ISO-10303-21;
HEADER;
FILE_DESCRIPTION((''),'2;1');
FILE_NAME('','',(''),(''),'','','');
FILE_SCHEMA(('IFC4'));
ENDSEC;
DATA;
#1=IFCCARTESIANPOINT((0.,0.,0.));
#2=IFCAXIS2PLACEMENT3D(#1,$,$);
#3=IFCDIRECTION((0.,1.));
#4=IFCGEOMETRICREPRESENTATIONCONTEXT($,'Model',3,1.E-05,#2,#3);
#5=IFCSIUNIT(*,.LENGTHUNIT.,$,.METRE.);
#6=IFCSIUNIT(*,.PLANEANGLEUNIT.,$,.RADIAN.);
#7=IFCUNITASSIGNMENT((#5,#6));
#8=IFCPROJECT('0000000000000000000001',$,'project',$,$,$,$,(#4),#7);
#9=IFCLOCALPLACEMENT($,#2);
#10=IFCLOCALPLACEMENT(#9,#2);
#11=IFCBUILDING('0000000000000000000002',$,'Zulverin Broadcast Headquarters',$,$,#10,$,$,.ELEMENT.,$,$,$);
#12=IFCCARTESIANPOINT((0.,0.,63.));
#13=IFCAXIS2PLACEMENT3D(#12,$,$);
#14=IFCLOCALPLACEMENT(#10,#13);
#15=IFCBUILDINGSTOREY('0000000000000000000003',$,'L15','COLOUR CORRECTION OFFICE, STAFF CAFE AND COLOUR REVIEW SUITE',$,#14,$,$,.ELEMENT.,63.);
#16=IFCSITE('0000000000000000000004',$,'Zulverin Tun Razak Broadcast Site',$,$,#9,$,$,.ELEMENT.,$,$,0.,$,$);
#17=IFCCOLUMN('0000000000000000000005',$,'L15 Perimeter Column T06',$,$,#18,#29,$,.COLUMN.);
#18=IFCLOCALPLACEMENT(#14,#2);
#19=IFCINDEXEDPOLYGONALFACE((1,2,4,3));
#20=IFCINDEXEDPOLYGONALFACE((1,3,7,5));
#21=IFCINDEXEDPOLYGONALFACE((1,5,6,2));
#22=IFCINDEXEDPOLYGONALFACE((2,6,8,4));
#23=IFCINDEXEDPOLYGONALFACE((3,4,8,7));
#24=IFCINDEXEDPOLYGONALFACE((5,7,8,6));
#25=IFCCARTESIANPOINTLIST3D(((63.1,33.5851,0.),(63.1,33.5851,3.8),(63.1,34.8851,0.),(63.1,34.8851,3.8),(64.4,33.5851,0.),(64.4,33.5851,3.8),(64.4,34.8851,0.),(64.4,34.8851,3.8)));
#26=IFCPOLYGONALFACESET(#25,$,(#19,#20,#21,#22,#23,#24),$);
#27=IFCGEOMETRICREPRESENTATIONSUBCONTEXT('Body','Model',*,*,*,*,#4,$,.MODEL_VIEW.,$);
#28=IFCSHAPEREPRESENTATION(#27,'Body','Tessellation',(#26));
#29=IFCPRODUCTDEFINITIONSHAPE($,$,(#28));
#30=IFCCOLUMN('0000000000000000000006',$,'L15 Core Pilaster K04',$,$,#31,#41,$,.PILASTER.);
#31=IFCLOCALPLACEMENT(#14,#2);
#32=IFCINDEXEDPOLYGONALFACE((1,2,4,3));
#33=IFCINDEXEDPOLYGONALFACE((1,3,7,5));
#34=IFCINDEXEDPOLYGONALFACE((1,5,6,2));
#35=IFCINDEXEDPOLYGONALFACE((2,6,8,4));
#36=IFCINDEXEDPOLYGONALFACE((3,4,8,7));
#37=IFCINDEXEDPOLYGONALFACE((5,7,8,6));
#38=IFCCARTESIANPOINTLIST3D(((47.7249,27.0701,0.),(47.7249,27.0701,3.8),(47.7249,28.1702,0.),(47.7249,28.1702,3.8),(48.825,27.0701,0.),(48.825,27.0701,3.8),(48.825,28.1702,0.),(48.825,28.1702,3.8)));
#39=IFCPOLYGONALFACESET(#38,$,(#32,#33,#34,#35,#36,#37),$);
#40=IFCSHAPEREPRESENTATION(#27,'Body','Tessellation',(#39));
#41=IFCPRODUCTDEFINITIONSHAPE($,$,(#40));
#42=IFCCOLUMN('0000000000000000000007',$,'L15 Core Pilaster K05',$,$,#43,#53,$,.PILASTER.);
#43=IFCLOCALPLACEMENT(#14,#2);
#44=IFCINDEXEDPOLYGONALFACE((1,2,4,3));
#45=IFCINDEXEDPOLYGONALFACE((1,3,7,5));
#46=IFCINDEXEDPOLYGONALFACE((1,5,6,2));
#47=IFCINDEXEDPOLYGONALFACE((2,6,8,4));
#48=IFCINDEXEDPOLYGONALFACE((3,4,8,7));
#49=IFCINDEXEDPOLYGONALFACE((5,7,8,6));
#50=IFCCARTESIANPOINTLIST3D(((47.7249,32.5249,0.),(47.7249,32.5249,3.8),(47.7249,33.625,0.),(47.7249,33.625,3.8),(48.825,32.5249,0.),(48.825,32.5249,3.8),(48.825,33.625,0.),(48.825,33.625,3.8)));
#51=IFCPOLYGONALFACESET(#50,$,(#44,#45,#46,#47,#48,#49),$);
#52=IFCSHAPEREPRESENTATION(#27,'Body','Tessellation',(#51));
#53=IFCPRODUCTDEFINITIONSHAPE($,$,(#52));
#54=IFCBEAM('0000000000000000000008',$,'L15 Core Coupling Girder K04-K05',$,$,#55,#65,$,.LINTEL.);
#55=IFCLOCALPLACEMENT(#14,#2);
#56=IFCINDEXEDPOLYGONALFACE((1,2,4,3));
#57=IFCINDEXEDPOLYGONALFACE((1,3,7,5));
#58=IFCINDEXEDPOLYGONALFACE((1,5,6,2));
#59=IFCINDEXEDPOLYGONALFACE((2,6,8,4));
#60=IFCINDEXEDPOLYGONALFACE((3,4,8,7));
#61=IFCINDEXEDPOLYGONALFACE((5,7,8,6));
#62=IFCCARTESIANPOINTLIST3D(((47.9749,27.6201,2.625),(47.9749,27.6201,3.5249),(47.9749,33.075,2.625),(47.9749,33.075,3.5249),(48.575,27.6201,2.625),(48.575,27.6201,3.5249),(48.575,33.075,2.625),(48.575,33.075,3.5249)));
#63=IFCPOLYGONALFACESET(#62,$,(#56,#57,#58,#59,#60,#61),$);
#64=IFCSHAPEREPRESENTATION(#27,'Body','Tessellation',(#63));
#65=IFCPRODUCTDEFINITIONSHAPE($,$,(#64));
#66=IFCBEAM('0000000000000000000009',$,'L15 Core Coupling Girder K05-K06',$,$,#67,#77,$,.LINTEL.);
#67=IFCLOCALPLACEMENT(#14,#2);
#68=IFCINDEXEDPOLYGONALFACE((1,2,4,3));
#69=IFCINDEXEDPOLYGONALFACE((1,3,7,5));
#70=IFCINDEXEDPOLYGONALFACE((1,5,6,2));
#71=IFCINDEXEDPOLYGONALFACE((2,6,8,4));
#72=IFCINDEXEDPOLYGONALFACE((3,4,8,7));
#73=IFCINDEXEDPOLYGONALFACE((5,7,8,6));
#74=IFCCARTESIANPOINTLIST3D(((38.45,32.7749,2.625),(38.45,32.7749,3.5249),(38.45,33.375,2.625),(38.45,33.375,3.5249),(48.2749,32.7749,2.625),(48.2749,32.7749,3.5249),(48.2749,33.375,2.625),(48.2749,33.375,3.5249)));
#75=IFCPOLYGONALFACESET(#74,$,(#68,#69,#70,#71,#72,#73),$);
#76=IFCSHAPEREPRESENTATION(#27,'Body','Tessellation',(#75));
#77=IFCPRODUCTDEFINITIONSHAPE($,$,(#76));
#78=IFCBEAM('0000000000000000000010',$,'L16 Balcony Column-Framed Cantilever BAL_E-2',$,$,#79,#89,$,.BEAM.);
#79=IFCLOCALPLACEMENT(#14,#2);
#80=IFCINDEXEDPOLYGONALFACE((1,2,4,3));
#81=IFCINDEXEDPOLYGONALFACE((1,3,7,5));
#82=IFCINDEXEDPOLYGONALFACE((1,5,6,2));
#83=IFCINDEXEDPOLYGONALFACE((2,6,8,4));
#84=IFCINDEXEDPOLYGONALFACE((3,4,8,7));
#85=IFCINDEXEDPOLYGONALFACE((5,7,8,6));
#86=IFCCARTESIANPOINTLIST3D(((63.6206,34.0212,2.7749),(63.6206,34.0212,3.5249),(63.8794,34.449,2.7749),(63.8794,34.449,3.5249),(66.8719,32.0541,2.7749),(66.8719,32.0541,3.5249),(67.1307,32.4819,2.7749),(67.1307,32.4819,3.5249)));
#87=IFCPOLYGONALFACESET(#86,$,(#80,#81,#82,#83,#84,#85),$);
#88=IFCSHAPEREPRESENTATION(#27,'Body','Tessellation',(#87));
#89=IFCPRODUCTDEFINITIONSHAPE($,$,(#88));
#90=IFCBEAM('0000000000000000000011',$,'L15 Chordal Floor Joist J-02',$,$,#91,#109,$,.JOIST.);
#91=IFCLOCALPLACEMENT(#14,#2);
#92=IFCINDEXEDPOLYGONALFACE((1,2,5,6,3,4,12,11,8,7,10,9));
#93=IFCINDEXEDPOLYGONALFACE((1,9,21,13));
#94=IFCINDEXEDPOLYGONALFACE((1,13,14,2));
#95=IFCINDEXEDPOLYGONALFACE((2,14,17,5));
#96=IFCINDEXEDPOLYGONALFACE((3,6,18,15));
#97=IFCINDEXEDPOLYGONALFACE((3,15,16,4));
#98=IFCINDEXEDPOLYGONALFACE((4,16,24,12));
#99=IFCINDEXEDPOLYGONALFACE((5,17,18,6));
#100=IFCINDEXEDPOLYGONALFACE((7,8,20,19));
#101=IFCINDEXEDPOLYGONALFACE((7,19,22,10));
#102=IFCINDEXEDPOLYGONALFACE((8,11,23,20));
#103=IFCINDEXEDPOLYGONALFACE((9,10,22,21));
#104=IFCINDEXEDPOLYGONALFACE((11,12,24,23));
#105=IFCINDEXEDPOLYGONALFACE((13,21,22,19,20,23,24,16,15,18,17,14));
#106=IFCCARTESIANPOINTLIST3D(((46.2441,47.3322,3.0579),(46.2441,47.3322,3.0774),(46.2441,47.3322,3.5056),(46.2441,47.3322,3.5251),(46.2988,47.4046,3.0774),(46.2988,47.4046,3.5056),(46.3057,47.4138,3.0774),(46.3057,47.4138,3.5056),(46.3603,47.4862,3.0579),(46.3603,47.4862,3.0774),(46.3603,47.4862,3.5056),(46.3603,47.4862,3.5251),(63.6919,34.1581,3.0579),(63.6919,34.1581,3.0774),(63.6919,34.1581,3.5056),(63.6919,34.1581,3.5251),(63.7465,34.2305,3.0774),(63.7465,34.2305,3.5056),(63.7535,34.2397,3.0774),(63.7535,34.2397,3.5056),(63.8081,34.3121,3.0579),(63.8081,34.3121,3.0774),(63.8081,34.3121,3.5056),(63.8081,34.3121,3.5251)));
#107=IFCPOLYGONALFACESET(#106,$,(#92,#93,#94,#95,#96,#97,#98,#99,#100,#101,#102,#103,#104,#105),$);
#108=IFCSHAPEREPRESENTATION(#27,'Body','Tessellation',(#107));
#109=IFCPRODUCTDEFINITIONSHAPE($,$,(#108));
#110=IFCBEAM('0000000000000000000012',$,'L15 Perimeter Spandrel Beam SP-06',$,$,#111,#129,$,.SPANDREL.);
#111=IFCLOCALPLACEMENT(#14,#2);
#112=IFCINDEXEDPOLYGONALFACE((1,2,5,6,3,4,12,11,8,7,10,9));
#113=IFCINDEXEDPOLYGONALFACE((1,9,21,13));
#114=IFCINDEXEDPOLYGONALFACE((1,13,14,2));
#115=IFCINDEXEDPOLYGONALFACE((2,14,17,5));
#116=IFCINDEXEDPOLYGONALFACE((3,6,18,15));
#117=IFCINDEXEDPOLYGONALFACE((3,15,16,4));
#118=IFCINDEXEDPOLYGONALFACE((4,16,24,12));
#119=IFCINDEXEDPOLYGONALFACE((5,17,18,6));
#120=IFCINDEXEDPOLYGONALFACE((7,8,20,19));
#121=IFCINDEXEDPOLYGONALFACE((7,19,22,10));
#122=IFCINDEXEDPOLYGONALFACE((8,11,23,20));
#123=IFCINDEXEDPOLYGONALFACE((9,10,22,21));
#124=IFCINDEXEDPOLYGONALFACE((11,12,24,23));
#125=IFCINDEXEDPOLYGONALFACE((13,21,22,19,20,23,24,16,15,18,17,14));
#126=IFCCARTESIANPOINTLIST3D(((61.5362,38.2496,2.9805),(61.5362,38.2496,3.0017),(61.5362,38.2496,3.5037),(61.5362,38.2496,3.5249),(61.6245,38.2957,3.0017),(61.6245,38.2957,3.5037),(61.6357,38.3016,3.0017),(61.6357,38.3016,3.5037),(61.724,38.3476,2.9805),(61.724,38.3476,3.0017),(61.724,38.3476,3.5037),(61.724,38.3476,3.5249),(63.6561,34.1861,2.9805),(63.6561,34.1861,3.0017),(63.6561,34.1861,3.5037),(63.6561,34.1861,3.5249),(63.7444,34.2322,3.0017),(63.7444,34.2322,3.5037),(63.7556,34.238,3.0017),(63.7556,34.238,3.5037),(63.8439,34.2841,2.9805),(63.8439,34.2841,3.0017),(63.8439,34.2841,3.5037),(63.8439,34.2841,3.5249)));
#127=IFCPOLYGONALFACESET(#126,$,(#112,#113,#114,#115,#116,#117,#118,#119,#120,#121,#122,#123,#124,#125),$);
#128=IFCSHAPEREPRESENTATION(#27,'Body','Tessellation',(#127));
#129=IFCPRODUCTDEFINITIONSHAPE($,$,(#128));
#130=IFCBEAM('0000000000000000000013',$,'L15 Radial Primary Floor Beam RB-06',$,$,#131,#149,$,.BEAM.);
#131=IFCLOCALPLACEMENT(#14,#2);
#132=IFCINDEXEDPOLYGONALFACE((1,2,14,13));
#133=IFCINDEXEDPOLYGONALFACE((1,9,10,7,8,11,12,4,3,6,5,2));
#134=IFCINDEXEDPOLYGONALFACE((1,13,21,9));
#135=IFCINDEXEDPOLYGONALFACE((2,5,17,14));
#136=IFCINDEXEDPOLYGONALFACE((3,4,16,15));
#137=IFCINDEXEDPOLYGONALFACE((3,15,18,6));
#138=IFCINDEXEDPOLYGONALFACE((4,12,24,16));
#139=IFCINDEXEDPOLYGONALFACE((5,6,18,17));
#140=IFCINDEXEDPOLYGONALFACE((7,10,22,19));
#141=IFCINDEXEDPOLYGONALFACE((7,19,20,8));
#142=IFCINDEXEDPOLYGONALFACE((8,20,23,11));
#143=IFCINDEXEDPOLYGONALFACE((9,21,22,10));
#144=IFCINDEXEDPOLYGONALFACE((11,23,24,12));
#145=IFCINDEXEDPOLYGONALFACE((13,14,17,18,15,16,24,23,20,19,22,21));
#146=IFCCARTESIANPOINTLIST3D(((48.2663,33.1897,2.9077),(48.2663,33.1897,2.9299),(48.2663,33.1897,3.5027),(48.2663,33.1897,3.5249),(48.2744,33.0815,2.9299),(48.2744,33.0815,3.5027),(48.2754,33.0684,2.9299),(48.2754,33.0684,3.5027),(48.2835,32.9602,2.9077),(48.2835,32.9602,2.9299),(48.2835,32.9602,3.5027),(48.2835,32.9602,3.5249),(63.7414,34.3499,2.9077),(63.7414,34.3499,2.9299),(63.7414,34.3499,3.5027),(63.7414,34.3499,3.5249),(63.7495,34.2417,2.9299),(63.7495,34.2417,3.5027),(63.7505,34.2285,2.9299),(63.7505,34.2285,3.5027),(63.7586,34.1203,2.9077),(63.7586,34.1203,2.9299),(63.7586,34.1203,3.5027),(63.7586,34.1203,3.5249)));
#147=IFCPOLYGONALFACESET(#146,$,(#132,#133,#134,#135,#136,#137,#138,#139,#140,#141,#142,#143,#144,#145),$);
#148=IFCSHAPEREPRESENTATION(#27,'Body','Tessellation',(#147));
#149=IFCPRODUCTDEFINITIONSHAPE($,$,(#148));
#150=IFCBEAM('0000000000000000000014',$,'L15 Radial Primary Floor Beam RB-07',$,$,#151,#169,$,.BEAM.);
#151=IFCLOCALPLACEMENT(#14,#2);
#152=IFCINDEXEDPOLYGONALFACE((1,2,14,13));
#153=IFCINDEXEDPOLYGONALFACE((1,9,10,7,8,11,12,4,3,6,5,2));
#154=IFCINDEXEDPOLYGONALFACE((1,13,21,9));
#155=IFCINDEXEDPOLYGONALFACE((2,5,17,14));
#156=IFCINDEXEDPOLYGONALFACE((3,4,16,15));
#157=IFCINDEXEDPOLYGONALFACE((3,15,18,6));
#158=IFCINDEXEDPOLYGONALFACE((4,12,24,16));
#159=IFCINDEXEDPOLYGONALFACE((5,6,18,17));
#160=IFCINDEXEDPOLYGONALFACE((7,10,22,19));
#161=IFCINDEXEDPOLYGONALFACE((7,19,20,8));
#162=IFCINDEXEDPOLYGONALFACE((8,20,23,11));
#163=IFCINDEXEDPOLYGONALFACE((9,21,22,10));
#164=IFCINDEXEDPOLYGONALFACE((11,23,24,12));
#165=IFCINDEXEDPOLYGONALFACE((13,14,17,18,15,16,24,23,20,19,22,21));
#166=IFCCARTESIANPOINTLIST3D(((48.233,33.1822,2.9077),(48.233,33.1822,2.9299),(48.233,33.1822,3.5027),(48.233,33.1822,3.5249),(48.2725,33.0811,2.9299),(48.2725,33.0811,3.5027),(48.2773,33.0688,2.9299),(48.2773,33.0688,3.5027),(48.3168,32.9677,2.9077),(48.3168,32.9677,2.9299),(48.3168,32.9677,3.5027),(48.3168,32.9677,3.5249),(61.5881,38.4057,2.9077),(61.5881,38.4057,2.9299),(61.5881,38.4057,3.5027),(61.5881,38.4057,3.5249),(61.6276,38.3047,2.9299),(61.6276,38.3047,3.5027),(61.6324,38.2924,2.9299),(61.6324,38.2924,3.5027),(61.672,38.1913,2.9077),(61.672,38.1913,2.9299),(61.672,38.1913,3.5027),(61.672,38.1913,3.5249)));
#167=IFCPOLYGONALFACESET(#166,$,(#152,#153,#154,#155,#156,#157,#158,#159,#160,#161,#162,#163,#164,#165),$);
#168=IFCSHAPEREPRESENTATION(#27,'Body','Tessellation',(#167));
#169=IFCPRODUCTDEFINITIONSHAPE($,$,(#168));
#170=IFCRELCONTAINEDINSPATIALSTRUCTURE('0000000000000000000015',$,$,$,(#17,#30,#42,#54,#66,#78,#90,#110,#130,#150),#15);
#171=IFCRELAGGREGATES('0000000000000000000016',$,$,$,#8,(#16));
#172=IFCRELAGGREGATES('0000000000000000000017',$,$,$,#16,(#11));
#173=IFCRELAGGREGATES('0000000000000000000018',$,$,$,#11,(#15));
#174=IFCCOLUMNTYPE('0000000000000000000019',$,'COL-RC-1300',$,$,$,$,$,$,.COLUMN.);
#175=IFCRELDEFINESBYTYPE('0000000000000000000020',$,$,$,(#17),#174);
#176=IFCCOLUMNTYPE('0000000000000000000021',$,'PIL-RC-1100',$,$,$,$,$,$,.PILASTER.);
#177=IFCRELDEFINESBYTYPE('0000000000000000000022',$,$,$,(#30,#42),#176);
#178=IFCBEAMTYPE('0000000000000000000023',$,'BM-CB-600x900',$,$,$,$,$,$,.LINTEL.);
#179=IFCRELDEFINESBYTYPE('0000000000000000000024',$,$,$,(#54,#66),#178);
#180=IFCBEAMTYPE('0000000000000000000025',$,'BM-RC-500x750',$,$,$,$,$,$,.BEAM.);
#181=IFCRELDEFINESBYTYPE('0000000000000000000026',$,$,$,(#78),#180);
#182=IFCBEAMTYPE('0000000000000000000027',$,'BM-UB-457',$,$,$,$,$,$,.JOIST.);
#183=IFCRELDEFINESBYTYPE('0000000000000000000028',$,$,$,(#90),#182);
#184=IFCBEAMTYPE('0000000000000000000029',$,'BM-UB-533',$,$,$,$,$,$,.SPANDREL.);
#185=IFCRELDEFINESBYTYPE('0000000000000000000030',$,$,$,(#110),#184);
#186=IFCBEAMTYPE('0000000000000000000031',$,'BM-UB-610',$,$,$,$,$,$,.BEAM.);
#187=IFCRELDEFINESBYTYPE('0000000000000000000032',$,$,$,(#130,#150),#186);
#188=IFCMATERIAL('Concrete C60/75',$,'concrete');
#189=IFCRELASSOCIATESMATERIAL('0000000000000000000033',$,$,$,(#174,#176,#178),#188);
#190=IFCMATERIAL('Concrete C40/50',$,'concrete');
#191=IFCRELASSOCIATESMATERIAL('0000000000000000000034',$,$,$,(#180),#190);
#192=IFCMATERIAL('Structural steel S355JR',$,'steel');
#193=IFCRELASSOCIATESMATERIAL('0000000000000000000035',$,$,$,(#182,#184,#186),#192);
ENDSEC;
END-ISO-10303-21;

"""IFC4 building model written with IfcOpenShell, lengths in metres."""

from ifc_helpers import new_model, si_unit, direction, frame, origin, origin_2d, place, context, subcontext, project, spatial, rectangle, i_section, extrude, material, material_profile, profile_set, type_object, element, save


model = new_model("IFC4")

# Units and contexts
model_context = context("Model", 3, precision=1e-05, world=origin(), true_north=direction((0.0, 1.0)))
body_context = subcontext(model_context, "Body", "Model", "MODEL_VIEW")
ifc_project = project(units=[si_unit("LENGTHUNIT", "METRE"), si_unit("PLANEANGLEUNIT", "RADIAN")], contexts=[model_context])

# Site, building, storey
site_placement = place(None, origin())
site = spatial("IfcSite", under=ifc_project, at=site_placement, Name="Zulverin Tun Razak Broadcast Site", CompositionType="ELEMENT", RefElevation=0.0)
building_placement = place(site_placement, origin())
building = spatial("IfcBuilding", under=site, at=building_placement, Name="Zulverin Broadcast Headquarters", CompositionType="ELEMENT")
storey_placement = place(building_placement, frame((0.0, 0.0, 63.0)))
storey = spatial("IfcBuildingStorey", under=building, at=storey_placement, Name="L15", Description="COLOUR CORRECTION OFFICE, STAFF CAFE AND COLOUR REVIEW SUITE", CompositionType="ELEMENT", Elevation=63.0)

# Columns
ifc_material_1 = material(Name="Concrete C60/75", Category="concrete")
ifc_material_profile_1 = material_profile(ifc_material_1, rectangle(XDim=1.3, YDim=1.3, at=origin_2d()), Name="Concrete C60/75", Category="concrete")
ifc_profile_set_1 = profile_set([ifc_material_profile_1], Name="Concrete C60/75")
column_type_1 = type_object("IfcColumnType", Name="COL-RC-1300", PredefinedType="COLUMN", material=ifc_profile_set_1)
column_placement = place(storey_placement, frame((63.75, 34.2351, 0.0), z_axis=(0.0, 0.0, 1.0), x_axis=(1.0, 0.0, 0.0)))
element("IfcColumn", 1, at=column_placement, inside=storey, type_object=column_type_1, Name="L15 Perimeter Column T06", PredefinedType="COLUMN", context=body_context, shape_type="SweptSolid", body=[
    extrude(rectangle(XDim=1.3, YDim=1.3, at=origin_2d()), origin(), (0.0, 0.0, 1.0), 3.8),
])
ifc_material_profile_2 = material_profile(ifc_material_1, rectangle(XDim=1.1001, YDim=1.1001, at=origin_2d()), Name="Concrete C60/75", Category="concrete")
ifc_profile_set_2 = profile_set([ifc_material_profile_2], Name="Concrete C60/75")
column_type_2 = type_object("IfcColumnType", Name="PIL-RC-1100", PredefinedType="PILASTER", material=ifc_profile_set_2)
for number, where, z_axis, x_axis, name in (
    (2, (48.2749, 27.6201, 0.0), (0.0, 0.0, 1.0), (1.0, 0.0, 0.0), "L15 Core Pilaster K04"),
    (3, (48.2749, 33.075, 0.0), (0.0, 0.0, 1.0), (1.0, 0.0, 0.0), "L15 Core Pilaster K05"),
):
    element("IfcColumn", number, at=place(storey_placement, frame(where, z_axis=z_axis, x_axis=x_axis)), inside=storey, type_object=column_type_2, Name=name, PredefinedType="PILASTER", context=body_context, shape_type="SweptSolid", body=[
        extrude(rectangle(XDim=1.1001, YDim=1.1001, at=origin_2d()), origin(), (0.0, 0.0, 1.0), 3.8),
    ])

# Beams
ifc_material_profile_3 = material_profile(ifc_material_1, rectangle(XDim=0.6001, YDim=0.8999, at=origin_2d()), Name="Concrete C60/75", Category="concrete")
ifc_profile_set_3 = profile_set([ifc_material_profile_3], Name="Concrete C60/75")
beam_type_1 = type_object("IfcBeamType", Name="BM-CB-600x900", PredefinedType="LINTEL", material=ifc_profile_set_3)
beam_1_placement = place(storey_placement, frame((48.2749, 27.6201, 3.075), z_axis=(0.0, 1.0, 0.0), x_axis=(-1.0, 0.0, 0.0)))
element("IfcBeam", 4, at=beam_1_placement, inside=storey, type_object=beam_type_1, Name="L15 Core Coupling Girder K04-K05", PredefinedType="LINTEL", context=body_context, shape_type="SweptSolid", body=[
    extrude(rectangle(XDim=0.6001, YDim=0.8999, at=origin_2d()), origin(), (0.0, 0.0, 1.0), 5.4548),
])
beam_2_placement = place(storey_placement, frame((48.2749, 33.075, 3.075), z_axis=(-1.0, 0.0, 0.0), x_axis=(0.0, -1.0, 0.0)))
element("IfcBeam", 5, at=beam_2_placement, inside=storey, type_object=beam_type_1, Name="L15 Core Coupling Girder K05-K06", PredefinedType="LINTEL", context=body_context, shape_type="SweptSolid", body=[
    extrude(rectangle(XDim=0.6001, YDim=0.8999, at=origin_2d()), origin(), (0.0, 0.0, 1.0), 9.825),
])
ifc_material_2 = material(Name="Concrete C40/50", Category="concrete")
ifc_material_profile_4 = material_profile(ifc_material_2, rectangle(XDim=0.5, YDim=0.75, at=origin_2d()), Name="Concrete C40/50", Category="concrete")
ifc_profile_set_4 = profile_set([ifc_material_profile_4], Name="Concrete C40/50")
beam_type_2 = type_object("IfcBeamType", Name="BM-RC-500x750", PredefinedType="BEAM", material=ifc_profile_set_4)
beam_3_placement = place(storey_placement, frame((63.75, 34.2351, 3.1499), z_axis=(0.855594, -0.517648, 0.0), x_axis=(0.517648, 0.855594, 0.0)))
element("IfcBeam", 6, at=beam_3_placement, inside=storey, type_object=beam_type_2, Name="L16 Balcony Column-Framed Cantilever BAL_E-2", PredefinedType="BEAM", context=body_context, shape_type="SweptSolid", body=[
    extrude(rectangle(XDim=0.5, YDim=0.75, at=origin_2d()), origin(), (0.0, 0.0, 1.0), 3.8),
])
ifc_material_3 = material(Name="Structural steel S355JR", Category="steel")
ifc_material_profile_5 = material_profile(ifc_material_3, i_section(OverallWidth=0.1929, OverallDepth=0.4673, WebThickness=0.0115, FlangeThickness=0.0195, at=origin_2d()), Name="Structural steel S355JR", Category="steel")
ifc_profile_set_5 = profile_set([ifc_material_profile_5], Name="Structural steel S355JR")
beam_type_3 = type_object("IfcBeamType", Name="BM-UB-457", PredefinedType="JOIST", material=ifc_profile_set_5)
beam_4_placement = place(storey_placement, frame((63.75, 34.2351, 3.2915), z_axis=(-0.798058, 0.60258, 0.0), x_axis=(-0.60258, -0.798058, 0.0)))
element("IfcBeam", 7, at=beam_4_placement, inside=storey, type_object=beam_type_3, Name="L15 Chordal Floor Joist J-02", PredefinedType="JOIST", context=body_context, shape_type="SweptSolid", body=[
    extrude(i_section(OverallWidth=0.1929, OverallDepth=0.4673, WebThickness=0.0115, FlangeThickness=0.0195, at=origin_2d()), origin(), (0.0, 0.0, 1.0), 21.8628),
])
ifc_material_profile_6 = material_profile(ifc_material_3, i_section(OverallWidth=0.2119, OverallDepth=0.5444, WebThickness=0.0127, FlangeThickness=0.0212, at=origin_2d()), Name="Structural steel S355JR", Category="steel")
ifc_profile_set_6 = profile_set([ifc_material_profile_6], Name="Structural steel S355JR")
beam_type_4 = type_object("IfcBeamType", Name="BM-UB-533", PredefinedType="SPANDREL", material=ifc_profile_set_6)
beam_5_placement = place(storey_placement, frame((63.75, 34.2351, 3.2527), z_axis=(-0.462531, 0.886603, 0.0), x_axis=(-0.886603, -0.462531, 0.0)))
element("IfcBeam", 8, at=beam_5_placement, inside=storey, type_object=beam_type_4, Name="L15 Perimeter Spandrel Beam SP-06", PredefinedType="SPANDREL", context=body_context, shape_type="SweptSolid", body=[
    extrude(i_section(OverallWidth=0.2119, OverallDepth=0.5444, WebThickness=0.0127, FlangeThickness=0.0212, at=origin_2d()), origin(), (0.0, 0.0, 1.0), 4.5833),
])
ifc_material_profile_7 = material_profile(ifc_material_3, i_section(OverallWidth=0.2302, OverallDepth=0.6172, WebThickness=0.0132, FlangeThickness=0.0222, at=origin_2d()), Name="Structural steel S355JR", Category="steel")
ifc_profile_set_7 = profile_set([ifc_material_profile_7], Name="Structural steel S355JR")
beam_type_5 = type_object("IfcBeamType", Name="BM-UB-610", PredefinedType="BEAM", material=ifc_profile_set_7)
beam_6_placement = place(storey_placement, frame((48.2749, 33.075, 3.2163), z_axis=(0.997202, 0.074759, 0.0), x_axis=(-0.074759, 0.997202, 0.0)))
element("IfcBeam", 9, at=beam_6_placement, inside=storey, type_object=beam_type_5, Name="L15 Radial Primary Floor Beam RB-06", PredefinedType="BEAM", context=body_context, shape_type="SweptSolid", body=[
    extrude(i_section(OverallWidth=0.2302, OverallDepth=0.6172, WebThickness=0.0132, FlangeThickness=0.0222, at=origin_2d()), origin(), (0.0, 0.0, 1.0), 15.5186),
])
beam_7_placement = place(storey_placement, frame((48.2749, 33.075, 3.2163), z_axis=(0.931298, 0.364259, 0.0), x_axis=(-0.364259, 0.931298, 0.0)))
element("IfcBeam", 10, at=beam_7_placement, inside=storey, type_object=beam_type_5, Name="L15 Radial Primary Floor Beam RB-07", PredefinedType="BEAM", context=body_context, shape_type="SweptSolid", body=[
    extrude(i_section(OverallWidth=0.2302, OverallDepth=0.6172, WebThickness=0.0132, FlangeThickness=0.0222, at=origin_2d()), origin(), (0.0, 0.0, 1.0), 14.3403),
])

save(model, "model.ifc")
